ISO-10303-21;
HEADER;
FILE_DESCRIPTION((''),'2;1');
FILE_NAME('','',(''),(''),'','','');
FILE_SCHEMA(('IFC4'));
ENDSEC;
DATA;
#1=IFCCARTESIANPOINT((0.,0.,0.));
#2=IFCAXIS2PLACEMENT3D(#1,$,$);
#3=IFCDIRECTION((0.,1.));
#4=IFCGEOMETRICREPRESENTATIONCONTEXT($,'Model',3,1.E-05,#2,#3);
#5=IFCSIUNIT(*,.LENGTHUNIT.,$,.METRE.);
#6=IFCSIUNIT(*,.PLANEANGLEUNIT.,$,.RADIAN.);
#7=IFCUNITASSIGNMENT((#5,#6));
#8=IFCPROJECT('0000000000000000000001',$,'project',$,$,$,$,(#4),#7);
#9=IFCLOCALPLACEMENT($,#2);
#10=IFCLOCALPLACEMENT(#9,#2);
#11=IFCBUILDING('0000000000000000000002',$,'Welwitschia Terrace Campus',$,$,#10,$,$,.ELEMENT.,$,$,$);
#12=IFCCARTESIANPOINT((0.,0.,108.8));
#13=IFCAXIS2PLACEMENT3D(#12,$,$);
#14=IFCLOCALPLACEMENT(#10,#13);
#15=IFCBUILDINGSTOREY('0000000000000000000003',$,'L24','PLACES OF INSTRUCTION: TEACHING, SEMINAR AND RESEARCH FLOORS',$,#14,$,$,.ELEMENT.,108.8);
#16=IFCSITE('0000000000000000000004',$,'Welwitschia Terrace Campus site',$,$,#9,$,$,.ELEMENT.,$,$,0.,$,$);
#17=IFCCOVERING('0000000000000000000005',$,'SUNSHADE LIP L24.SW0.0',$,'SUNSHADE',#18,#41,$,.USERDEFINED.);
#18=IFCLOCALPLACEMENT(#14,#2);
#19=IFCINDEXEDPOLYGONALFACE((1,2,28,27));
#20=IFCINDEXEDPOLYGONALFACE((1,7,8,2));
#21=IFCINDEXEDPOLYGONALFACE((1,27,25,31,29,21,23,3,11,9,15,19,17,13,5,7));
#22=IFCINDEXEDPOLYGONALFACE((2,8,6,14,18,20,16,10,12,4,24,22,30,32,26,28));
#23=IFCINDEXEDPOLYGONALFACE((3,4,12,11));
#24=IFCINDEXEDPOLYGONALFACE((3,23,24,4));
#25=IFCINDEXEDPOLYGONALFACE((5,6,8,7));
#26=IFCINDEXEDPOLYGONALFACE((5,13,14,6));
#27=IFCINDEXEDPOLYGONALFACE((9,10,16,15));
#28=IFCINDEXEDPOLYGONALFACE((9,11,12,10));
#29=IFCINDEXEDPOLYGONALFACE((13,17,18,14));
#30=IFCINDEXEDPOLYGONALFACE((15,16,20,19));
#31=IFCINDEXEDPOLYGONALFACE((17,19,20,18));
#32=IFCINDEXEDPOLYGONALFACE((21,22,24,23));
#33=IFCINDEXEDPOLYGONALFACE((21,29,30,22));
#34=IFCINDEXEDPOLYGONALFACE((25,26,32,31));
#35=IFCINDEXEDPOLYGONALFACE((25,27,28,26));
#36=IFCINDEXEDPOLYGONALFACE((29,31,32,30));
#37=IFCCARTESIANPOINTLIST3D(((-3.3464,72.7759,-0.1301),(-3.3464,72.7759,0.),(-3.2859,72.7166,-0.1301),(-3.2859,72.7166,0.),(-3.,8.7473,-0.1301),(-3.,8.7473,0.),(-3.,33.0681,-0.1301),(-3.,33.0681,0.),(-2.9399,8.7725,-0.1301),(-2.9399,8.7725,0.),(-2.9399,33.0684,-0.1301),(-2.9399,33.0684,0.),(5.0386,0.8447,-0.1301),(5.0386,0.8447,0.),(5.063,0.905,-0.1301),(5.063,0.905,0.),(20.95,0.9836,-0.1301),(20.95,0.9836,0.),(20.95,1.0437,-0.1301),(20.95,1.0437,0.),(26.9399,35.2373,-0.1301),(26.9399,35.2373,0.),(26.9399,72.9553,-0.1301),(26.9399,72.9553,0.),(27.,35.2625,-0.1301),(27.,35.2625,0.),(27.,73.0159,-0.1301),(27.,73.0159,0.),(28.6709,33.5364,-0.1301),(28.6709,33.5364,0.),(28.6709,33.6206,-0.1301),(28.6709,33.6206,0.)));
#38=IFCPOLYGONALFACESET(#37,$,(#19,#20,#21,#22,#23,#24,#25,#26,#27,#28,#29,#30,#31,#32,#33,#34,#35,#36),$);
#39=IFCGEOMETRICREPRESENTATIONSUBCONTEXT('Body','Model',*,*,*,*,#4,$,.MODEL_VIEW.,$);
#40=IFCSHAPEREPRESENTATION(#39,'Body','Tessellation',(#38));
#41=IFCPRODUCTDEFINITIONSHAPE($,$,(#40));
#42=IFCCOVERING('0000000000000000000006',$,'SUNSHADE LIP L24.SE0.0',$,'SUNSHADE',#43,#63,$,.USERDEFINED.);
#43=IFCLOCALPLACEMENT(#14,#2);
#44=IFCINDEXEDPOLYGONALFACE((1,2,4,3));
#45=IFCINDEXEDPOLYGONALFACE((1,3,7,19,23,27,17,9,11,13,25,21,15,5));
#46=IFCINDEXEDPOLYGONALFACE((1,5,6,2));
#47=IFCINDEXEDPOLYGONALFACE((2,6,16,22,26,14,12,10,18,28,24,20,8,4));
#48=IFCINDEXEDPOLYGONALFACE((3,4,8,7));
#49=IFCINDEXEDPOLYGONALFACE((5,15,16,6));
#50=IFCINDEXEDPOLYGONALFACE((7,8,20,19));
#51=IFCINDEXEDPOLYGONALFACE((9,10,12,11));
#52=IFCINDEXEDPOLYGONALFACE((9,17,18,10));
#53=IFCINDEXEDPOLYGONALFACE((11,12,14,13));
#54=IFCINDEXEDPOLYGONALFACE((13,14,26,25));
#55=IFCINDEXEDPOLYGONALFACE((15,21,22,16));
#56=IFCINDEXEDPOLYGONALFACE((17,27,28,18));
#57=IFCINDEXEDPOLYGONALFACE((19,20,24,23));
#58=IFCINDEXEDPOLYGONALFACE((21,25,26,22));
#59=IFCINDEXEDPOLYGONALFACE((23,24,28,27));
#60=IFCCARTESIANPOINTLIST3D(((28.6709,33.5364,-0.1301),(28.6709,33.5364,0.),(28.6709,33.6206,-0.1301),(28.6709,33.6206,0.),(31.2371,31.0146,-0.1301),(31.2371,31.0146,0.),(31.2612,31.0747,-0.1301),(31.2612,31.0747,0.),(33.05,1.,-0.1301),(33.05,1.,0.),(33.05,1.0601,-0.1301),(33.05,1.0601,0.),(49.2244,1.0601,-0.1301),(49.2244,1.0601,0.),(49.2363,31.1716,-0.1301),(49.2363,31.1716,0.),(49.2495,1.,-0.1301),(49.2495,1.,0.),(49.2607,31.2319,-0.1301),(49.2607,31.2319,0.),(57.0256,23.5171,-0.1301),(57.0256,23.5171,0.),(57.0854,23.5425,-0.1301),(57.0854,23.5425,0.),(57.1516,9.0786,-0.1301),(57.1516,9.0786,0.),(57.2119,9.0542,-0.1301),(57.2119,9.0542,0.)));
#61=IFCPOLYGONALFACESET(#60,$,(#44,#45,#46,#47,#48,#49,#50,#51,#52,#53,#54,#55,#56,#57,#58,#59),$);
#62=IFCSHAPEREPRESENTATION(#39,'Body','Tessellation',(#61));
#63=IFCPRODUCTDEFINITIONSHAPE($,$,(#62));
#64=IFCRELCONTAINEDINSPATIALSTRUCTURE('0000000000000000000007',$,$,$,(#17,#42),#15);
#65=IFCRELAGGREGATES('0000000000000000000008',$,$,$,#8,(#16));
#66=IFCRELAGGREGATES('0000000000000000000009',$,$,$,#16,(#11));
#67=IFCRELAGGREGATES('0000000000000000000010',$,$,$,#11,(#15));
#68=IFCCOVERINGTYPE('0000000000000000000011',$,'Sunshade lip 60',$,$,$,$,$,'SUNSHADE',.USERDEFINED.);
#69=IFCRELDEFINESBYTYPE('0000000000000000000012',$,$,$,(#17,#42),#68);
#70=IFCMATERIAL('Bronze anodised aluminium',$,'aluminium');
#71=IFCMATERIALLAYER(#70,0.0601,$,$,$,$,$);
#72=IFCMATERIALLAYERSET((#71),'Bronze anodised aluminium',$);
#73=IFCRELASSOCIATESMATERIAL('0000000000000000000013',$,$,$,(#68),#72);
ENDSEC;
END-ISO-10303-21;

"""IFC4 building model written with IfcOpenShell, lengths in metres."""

from ifc_helpers import new_model, si_unit, direction, frame, origin, place, context, subcontext, project, spatial, polyline, outline, extrude, material, layer, layer_set, type_object, element, save


model = new_model("IFC4")

# Units and contexts
model_context = context("Model", 3, precision=1e-05, world=origin(), true_north=direction((0.0, 1.0)))
body_context = subcontext(model_context, "Body", "Model", "MODEL_VIEW")
ifc_project = project(units=[si_unit("LENGTHUNIT", "METRE"), si_unit("PLANEANGLEUNIT", "RADIAN")], contexts=[model_context])

# Site, building, storey
site_placement = place(None, origin())
site = spatial("IfcSite", under=ifc_project, at=site_placement, Name="Welwitschia Terrace Campus site", CompositionType="ELEMENT", RefElevation=0.0)
building_placement = place(site_placement, origin())
building = spatial("IfcBuilding", under=site, at=building_placement, Name="Welwitschia Terrace Campus", CompositionType="ELEMENT")
storey_placement = place(building_placement, frame((0.0, 0.0, 108.8)))
storey = spatial("IfcBuildingStorey", under=building, at=storey_placement, Name="L24", Description="PLACES OF INSTRUCTION: TEACHING, SEMINAR AND RESEARCH FLOORS", CompositionType="ELEMENT", Elevation=108.8)

# Coverings
ifc_material_1 = material(Name="Bronze anodised aluminium", Category="aluminium")
ifc_layer_1 = layer(ifc_material_1, 0.0601)
ifc_layer_set_1 = layer_set([ifc_layer_1], Name="Bronze anodised aluminium")
covering_type_1 = type_object("IfcCoveringType", Name="Sunshade lip 60", ElementType="SUNSHADE", PredefinedType="USERDEFINED", material=ifc_layer_set_1)
covering_1_placement = place(storey_placement, frame((0.0, 0.0, -0.1301)))
element("IfcCovering", 1, at=covering_1_placement, inside=storey, type_object=covering_type_1, Name="SUNSHADE LIP L24.SW0.0", ObjectType="SUNSHADE", PredefinedType="USERDEFINED", context=body_context, shape_type="SweptSolid", body=[
    extrude(outline(polyline([(28.6709, 33.5364), (26.9399, 35.2373), (26.9399, 72.9553), (-3.2859, 72.7166), (-2.9399, 33.0684), (-2.9399, 8.7725), (5.063, 0.905), (20.95, 1.0437), (20.95, 0.9836), (5.0386, 0.8447), (-3.0, 8.7473), (-3.0, 33.0681), (-3.3464, 72.7759), (27.0, 73.0159), (27.0, 35.2625), (28.6709, 33.6206), (28.6709, 33.5364)])), origin(), (0.0, 0.0, 1.0), 0.1301),
])
covering_2_placement = place(storey_placement, frame((0.0, 0.0, -0.1301)))
element("IfcCovering", 2, at=covering_2_placement, inside=storey, type_object=covering_type_1, Name="SUNSHADE LIP L24.SE0.0", ObjectType="SUNSHADE", PredefinedType="USERDEFINED", context=body_context, shape_type="SweptSolid", body=[
    extrude(outline(polyline([(49.2607, 31.2319), (57.0854, 23.5425), (57.2119, 9.0542), (49.2495, 1.0), (33.05, 1.0), (33.05, 1.0601), (49.2244, 1.0601), (57.1516, 9.0786), (57.0256, 23.5171), (49.2363, 31.1716), (31.2371, 31.0146), (28.6709, 33.5364), (28.6709, 33.6206), (31.2612, 31.0747), (49.2607, 31.2319)])), origin(), (0.0, 0.0, 1.0), 0.1301),
])

save(model, "model.ifc")
